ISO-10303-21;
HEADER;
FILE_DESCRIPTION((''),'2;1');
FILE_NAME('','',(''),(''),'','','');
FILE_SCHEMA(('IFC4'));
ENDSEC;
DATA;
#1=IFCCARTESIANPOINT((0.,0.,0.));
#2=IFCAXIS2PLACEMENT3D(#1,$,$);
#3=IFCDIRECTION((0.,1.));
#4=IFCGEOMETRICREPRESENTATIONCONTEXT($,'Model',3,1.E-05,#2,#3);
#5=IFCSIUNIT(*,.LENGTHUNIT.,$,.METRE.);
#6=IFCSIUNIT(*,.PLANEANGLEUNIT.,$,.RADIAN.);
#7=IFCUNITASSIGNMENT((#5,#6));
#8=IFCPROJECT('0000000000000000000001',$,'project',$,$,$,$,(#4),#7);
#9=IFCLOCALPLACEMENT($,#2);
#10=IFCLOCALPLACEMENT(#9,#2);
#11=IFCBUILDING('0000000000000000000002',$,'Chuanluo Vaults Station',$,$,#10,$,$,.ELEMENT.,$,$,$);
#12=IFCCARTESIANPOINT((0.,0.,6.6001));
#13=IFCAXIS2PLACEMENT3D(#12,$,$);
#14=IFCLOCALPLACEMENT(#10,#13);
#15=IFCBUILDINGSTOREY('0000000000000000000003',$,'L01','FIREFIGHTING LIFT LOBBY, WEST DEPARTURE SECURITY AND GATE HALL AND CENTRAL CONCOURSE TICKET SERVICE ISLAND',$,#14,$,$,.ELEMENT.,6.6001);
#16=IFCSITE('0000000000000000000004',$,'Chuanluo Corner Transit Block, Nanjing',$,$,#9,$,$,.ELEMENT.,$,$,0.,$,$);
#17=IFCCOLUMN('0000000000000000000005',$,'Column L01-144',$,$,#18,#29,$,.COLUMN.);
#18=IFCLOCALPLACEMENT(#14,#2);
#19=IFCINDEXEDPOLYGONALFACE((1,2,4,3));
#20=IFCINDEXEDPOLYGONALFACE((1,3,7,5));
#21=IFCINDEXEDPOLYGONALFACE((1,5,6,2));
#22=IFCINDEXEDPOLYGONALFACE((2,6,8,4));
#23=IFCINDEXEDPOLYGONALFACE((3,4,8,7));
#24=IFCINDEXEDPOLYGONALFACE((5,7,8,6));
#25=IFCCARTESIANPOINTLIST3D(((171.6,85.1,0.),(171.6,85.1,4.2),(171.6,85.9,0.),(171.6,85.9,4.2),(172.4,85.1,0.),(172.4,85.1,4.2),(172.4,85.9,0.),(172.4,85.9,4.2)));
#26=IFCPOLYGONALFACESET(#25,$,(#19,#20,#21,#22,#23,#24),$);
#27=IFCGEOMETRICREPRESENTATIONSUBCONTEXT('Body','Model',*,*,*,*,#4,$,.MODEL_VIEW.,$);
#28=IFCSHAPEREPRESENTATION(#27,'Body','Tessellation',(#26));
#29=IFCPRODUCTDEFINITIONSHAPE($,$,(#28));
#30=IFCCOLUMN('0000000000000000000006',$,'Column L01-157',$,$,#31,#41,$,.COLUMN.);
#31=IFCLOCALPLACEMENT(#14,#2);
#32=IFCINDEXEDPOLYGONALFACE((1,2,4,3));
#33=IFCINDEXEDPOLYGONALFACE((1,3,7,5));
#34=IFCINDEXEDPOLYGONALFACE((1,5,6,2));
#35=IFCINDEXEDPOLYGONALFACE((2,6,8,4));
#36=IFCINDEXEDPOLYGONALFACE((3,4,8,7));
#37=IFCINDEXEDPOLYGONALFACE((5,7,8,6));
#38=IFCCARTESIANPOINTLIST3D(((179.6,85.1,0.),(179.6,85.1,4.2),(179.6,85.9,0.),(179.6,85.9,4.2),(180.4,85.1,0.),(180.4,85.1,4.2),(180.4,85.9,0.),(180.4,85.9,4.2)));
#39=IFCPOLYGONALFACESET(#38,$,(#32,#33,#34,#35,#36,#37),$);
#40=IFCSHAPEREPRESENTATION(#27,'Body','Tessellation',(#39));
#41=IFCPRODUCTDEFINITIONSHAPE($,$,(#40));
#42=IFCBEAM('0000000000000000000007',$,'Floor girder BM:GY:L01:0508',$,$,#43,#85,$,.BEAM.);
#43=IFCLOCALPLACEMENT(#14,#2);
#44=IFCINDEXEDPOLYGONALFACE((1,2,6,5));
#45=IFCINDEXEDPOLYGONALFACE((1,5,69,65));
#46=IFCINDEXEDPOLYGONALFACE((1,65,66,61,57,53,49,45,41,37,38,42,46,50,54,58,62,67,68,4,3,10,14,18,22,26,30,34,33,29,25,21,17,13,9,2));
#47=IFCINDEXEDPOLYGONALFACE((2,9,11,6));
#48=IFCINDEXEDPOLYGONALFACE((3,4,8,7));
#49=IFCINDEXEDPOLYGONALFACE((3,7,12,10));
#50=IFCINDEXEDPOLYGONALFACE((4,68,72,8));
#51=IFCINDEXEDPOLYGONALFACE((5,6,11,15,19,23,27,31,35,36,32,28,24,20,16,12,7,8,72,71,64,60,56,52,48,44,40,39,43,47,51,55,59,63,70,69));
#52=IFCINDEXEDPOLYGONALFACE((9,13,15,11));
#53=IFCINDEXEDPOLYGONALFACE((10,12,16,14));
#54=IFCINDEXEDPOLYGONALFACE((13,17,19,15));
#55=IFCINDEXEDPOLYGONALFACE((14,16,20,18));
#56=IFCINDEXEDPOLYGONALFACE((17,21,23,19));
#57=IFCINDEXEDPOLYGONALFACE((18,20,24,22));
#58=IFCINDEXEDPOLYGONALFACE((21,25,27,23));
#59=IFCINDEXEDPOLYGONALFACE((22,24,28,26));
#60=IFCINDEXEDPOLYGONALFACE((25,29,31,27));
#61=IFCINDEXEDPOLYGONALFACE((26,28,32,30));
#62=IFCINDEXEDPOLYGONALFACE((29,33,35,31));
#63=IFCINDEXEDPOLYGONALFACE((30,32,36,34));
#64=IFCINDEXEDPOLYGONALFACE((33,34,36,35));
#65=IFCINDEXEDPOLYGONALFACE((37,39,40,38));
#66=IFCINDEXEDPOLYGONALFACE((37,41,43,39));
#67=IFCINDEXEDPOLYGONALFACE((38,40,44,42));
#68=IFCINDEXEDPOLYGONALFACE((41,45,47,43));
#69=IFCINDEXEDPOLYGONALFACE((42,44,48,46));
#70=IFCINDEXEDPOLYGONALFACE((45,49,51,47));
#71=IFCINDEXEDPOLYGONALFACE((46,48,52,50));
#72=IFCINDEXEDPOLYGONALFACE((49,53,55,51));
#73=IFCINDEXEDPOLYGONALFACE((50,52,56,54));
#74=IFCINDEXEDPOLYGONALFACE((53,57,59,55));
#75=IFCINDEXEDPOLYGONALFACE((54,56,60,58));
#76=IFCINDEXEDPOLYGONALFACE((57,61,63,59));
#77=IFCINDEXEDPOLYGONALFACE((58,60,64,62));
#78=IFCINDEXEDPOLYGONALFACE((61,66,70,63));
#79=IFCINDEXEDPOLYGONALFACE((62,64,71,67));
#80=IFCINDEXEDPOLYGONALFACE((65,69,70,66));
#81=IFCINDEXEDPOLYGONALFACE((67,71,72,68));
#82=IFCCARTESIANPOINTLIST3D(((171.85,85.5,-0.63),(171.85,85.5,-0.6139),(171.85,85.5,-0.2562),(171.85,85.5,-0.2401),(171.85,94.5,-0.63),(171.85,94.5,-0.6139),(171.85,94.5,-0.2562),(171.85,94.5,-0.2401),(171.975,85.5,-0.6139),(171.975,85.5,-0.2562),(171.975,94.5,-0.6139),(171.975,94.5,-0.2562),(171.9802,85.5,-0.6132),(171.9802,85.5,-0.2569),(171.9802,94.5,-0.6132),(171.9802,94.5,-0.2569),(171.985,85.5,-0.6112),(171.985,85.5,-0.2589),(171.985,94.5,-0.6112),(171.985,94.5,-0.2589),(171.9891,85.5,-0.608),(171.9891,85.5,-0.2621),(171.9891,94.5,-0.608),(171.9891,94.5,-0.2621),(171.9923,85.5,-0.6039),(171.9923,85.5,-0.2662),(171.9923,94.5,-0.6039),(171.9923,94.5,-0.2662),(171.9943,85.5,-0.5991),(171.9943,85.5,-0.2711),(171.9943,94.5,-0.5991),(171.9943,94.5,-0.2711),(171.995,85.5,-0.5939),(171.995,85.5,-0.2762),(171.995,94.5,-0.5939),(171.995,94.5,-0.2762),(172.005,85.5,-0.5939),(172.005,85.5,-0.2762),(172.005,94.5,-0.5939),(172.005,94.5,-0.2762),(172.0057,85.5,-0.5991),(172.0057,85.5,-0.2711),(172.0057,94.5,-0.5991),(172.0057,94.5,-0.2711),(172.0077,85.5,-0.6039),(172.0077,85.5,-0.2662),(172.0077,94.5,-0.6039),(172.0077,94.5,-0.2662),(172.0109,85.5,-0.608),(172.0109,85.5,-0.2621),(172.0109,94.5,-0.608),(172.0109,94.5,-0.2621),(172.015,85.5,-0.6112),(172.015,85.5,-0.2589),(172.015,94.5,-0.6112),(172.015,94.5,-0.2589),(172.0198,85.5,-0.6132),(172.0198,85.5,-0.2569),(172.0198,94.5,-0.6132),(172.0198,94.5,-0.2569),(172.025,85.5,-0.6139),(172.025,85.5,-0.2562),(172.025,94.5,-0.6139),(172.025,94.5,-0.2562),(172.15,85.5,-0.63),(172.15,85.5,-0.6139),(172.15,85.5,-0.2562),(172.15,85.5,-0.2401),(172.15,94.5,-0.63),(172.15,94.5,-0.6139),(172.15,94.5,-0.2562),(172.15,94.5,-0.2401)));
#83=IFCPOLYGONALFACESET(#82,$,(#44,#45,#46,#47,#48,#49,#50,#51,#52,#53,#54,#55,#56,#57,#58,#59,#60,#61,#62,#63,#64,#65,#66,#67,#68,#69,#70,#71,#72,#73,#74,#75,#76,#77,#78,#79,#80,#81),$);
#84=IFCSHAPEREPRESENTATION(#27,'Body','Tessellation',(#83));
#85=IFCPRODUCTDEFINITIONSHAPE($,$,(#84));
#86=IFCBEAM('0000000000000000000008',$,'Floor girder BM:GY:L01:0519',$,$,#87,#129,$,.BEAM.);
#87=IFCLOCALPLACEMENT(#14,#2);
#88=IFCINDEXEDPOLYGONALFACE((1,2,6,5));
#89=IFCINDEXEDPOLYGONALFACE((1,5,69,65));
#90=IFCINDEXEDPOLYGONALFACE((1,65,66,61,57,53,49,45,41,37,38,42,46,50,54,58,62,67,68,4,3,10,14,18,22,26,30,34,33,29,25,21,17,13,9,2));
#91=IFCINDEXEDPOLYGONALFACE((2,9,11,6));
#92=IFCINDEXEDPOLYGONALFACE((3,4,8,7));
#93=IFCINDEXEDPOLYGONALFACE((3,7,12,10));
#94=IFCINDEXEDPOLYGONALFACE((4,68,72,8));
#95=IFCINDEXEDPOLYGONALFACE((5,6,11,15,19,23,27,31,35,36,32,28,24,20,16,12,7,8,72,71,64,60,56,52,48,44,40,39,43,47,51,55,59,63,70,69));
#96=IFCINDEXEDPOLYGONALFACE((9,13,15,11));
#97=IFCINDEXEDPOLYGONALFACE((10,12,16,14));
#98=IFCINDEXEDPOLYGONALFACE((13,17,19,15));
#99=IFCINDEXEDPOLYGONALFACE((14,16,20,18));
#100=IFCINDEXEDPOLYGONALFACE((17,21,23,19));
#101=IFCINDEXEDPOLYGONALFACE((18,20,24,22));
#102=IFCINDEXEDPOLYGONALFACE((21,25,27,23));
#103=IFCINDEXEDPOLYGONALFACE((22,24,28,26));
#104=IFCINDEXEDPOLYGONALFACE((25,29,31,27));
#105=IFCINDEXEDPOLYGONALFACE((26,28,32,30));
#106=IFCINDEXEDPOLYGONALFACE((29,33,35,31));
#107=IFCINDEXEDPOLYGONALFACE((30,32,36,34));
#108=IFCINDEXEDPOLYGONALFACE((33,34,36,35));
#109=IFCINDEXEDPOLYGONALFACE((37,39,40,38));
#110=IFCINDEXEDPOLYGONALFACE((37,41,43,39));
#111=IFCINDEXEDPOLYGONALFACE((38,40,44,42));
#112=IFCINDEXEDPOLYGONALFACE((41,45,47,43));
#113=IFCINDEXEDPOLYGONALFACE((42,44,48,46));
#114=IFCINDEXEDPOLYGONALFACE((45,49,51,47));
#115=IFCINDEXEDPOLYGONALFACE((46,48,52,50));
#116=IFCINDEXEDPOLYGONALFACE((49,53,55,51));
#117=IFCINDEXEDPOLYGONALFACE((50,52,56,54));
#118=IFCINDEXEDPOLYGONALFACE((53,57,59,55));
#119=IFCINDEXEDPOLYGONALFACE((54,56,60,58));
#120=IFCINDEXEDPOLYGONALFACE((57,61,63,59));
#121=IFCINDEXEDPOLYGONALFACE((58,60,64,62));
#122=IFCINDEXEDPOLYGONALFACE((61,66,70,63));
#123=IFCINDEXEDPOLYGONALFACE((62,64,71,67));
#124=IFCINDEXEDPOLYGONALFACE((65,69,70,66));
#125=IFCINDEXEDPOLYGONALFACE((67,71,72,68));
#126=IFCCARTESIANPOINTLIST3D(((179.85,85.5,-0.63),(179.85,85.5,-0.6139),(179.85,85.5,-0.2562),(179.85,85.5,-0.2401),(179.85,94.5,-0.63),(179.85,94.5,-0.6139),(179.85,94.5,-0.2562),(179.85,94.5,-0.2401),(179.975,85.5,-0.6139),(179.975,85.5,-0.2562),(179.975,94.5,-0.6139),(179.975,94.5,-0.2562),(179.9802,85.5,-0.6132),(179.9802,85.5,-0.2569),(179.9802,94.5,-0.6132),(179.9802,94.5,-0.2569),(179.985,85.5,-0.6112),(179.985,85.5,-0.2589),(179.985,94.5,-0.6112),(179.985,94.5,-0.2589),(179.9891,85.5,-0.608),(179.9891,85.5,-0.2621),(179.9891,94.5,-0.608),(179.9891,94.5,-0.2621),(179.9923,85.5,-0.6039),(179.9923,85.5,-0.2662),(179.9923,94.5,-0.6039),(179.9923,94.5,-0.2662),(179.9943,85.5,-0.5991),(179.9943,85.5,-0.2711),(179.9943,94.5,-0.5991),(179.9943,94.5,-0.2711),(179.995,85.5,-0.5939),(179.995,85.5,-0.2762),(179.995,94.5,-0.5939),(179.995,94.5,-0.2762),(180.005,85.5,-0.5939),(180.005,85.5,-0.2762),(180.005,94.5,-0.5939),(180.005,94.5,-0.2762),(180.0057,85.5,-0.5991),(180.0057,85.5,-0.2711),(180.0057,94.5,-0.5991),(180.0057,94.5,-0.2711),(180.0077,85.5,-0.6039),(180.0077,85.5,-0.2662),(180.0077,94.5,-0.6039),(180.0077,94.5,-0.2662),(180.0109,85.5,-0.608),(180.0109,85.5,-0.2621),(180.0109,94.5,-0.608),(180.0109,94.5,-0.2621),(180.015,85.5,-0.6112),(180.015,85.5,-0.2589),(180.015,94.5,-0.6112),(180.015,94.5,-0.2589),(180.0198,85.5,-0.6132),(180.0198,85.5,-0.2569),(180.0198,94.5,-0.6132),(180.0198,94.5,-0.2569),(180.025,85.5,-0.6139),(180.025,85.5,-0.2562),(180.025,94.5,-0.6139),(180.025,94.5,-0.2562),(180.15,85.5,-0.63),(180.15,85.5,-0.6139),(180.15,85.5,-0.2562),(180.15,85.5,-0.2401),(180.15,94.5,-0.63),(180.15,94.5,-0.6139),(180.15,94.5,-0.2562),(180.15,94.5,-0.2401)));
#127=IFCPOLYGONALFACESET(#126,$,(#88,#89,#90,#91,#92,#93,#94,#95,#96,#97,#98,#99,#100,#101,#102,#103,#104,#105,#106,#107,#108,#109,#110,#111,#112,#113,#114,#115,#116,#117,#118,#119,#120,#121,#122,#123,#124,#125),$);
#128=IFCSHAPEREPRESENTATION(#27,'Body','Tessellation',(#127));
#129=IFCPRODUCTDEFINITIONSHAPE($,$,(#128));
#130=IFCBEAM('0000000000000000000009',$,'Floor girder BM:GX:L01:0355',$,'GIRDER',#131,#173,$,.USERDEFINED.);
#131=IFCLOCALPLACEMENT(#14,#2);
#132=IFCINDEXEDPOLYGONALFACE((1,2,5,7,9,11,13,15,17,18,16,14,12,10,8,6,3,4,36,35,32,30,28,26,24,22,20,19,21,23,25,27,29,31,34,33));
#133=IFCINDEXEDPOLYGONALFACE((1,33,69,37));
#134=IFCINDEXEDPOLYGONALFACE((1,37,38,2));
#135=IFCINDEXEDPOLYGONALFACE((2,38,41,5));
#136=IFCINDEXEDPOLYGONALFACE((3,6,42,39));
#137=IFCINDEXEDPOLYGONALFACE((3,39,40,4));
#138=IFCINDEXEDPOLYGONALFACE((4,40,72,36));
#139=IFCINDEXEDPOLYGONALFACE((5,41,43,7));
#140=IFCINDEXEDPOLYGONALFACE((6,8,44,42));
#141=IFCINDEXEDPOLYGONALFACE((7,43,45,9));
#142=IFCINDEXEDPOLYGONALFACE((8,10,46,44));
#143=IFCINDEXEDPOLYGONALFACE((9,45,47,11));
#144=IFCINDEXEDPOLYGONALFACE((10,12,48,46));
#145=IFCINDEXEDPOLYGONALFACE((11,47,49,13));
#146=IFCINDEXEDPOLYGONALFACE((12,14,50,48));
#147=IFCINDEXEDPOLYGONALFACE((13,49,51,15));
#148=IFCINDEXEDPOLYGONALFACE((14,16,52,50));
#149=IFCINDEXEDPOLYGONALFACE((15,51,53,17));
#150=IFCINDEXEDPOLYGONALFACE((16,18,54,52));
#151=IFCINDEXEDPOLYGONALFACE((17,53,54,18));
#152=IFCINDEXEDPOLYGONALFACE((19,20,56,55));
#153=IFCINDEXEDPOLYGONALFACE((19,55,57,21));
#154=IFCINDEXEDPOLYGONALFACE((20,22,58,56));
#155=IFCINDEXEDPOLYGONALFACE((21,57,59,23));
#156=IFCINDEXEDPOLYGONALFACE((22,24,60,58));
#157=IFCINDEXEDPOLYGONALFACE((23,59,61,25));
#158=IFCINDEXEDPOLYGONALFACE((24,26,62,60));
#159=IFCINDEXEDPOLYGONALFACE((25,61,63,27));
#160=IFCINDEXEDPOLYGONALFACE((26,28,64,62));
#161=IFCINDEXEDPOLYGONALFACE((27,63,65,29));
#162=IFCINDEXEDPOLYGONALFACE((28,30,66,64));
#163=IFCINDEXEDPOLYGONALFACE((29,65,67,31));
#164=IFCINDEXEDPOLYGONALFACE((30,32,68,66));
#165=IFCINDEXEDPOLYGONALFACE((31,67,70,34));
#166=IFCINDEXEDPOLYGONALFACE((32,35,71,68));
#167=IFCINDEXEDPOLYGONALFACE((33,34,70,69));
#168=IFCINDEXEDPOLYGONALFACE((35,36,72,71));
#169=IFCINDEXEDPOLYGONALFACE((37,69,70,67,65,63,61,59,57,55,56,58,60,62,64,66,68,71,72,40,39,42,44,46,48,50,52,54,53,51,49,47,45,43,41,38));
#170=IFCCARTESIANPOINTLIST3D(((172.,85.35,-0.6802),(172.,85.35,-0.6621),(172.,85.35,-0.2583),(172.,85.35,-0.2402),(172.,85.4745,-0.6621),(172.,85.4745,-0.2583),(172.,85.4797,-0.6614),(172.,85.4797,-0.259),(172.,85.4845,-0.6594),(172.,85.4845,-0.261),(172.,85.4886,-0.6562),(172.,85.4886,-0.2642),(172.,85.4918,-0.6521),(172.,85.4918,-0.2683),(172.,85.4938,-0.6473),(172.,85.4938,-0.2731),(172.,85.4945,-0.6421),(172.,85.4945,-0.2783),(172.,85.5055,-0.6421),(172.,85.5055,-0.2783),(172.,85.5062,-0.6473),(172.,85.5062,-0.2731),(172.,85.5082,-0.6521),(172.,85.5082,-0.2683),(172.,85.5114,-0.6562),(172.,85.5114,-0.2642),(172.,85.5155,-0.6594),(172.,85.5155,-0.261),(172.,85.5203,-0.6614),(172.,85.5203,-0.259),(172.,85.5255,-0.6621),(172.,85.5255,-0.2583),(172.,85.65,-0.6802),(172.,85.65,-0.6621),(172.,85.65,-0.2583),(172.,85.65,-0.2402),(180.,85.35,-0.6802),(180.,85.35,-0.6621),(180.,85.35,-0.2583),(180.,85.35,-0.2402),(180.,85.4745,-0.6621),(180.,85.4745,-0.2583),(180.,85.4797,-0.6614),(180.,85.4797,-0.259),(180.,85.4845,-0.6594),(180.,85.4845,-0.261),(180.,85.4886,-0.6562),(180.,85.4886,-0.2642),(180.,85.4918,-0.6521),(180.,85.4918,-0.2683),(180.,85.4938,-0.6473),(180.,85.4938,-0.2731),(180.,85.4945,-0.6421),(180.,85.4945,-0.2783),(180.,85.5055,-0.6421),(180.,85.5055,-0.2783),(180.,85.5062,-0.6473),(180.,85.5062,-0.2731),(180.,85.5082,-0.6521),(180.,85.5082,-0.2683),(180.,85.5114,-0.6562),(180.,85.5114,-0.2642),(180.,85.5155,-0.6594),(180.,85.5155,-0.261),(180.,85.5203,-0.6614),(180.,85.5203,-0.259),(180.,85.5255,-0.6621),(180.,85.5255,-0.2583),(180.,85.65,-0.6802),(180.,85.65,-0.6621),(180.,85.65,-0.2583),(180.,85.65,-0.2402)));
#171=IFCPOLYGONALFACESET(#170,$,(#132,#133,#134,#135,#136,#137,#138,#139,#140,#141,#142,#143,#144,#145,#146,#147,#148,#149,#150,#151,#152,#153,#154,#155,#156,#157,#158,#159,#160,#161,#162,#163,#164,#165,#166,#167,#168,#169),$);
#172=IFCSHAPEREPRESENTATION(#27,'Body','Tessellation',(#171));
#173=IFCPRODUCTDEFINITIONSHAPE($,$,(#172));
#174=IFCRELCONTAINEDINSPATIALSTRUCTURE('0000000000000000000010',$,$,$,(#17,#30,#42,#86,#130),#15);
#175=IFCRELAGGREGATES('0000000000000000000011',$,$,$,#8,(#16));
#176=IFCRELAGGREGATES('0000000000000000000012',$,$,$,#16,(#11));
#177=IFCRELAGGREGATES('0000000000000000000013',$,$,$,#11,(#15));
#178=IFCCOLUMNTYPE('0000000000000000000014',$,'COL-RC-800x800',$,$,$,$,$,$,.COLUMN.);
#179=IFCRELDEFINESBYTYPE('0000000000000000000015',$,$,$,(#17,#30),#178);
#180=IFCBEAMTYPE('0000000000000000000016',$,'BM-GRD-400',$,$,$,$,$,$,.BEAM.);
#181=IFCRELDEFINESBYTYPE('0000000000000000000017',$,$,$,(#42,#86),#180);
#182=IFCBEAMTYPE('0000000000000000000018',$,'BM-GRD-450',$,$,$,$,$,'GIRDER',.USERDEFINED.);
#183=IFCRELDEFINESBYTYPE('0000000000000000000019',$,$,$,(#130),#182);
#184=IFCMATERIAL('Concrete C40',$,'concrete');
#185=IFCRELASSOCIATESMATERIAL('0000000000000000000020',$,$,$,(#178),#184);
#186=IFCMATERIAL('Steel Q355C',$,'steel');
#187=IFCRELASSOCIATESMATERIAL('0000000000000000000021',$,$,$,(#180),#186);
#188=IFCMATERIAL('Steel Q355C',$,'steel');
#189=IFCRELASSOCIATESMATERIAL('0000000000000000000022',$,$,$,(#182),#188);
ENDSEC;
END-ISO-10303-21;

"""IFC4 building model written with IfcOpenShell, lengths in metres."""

from ifc_helpers import new_model, si_unit, direction, frame, origin, origin_2d, place, context, subcontext, project, spatial, rectangle, i_section, extrude, material, material_profile, profile_set, type_object, element, save


model = new_model("IFC4")

# Units and contexts
model_context = context("Model", 3, precision=1e-05, world=origin(), true_north=direction((0.0, 1.0)))
body_context = subcontext(model_context, "Body", "Model", "MODEL_VIEW")
ifc_project = project(units=[si_unit("LENGTHUNIT", "METRE"), si_unit("PLANEANGLEUNIT", "RADIAN")], contexts=[model_context])

# Site, building, storey
site_placement = place(None, origin())
site = spatial("IfcSite", under=ifc_project, at=site_placement, Name="Chuanluo Corner Transit Block, Nanjing", CompositionType="ELEMENT", RefElevation=0.0)
building_placement = place(site_placement, origin())
building = spatial("IfcBuilding", under=site, at=building_placement, Name="Chuanluo Vaults Station", CompositionType="ELEMENT")
storey_placement = place(building_placement, frame((0.0, 0.0, 6.6001)))
storey = spatial("IfcBuildingStorey", under=building, at=storey_placement, Name="L01", Description="FIREFIGHTING LIFT LOBBY, WEST DEPARTURE SECURITY AND GATE HALL AND CENTRAL CONCOURSE TICKET SERVICE ISLAND", CompositionType="ELEMENT", Elevation=6.6001)

# Columns
ifc_material_1 = material(Name="Concrete C40", Category="concrete")
ifc_material_profile_1 = material_profile(ifc_material_1, rectangle(XDim=0.8, YDim=0.8, at=origin_2d()))
ifc_profile_set_1 = profile_set([ifc_material_profile_1], Name="Concrete C40")
column_type = type_object("IfcColumnType", Name="COL-RC-800x800", PredefinedType="COLUMN", material=ifc_profile_set_1)
for number, where, z_axis, x_axis, name in (
    (1, (172.0, 85.5, 0.0), (0.0, 0.0, 1.0), (1.0, 0.0, 0.0), "Column L01-144"),
    (2, (180.0, 85.5, 0.0), (0.0, 0.0, 1.0), (1.0, 0.0, 0.0), "Column L01-157"),
):
    element("IfcColumn", number, at=place(storey_placement, frame(where, z_axis=z_axis, x_axis=x_axis)), inside=storey, type_object=column_type, Name=name, PredefinedType="COLUMN", context=body_context, shape_type="SweptSolid", body=[
        extrude(rectangle(XDim=0.8, YDim=0.8, at=origin_2d()), origin(), (0.0, 0.0, 1.0), 4.2),
    ])

# Beams
ifc_material_2 = material(Name="Steel Q355C", Category="steel")
ifc_material_profile_2 = material_profile(ifc_material_2, i_section(OverallWidth=0.3, OverallDepth=0.3899, WebThickness=0.01, FlangeThickness=0.0161, FilletRadius=0.02, at=origin_2d()))
ifc_profile_set_2 = profile_set([ifc_material_profile_2], Name="Steel Q355C")
beam_type_1 = type_object("IfcBeamType", Name="BM-GRD-400", PredefinedType="BEAM", material=ifc_profile_set_2)
for number, where, z_axis, x_axis, name in (
    (3, (172.0, 85.5, -0.4351), (0.0, 1.0, 0.0), (-1.0, 0.0, 0.0), "Floor girder BM:GY:L01:0508"),
    (4, (180.0, 85.5, -0.4351), (0.0, 1.0, 0.0), (-1.0, 0.0, 0.0), "Floor girder BM:GY:L01:0519"),
):
    element("IfcBeam", number, at=place(storey_placement, frame(where, z_axis=z_axis, x_axis=x_axis)), inside=storey, type_object=beam_type_1, Name=name, PredefinedType="BEAM", context=body_context, shape_type="SweptSolid", body=[
        extrude(i_section(OverallWidth=0.3, OverallDepth=0.3899, WebThickness=0.01, FlangeThickness=0.0161, FilletRadius=0.02, at=origin_2d()), origin(), (0.0, 0.0, 1.0), 9.0),
    ])
ifc_material_3 = material(Name="Steel Q355C", Category="steel")
ifc_material_profile_3 = material_profile(ifc_material_3, i_section(OverallWidth=0.3, OverallDepth=0.4399, WebThickness=0.011, FlangeThickness=0.0181, FilletRadius=0.02, at=origin_2d()))
ifc_profile_set_3 = profile_set([ifc_material_profile_3], Name="Steel Q355C")
beam_type_2 = type_object("IfcBeamType", Name="BM-GRD-450", ElementType="GIRDER", PredefinedType="USERDEFINED", material=ifc_profile_set_3)
for number, where, z_axis, x_axis, name in (
    (5, (172.0, 85.5, -0.4602), (1.0, 0.0, 0.0), (0.0, 1.0, 0.0), "Floor girder BM:GX:L01:0355"),
):
    element("IfcBeam", number, at=place(storey_placement, frame(where, z_axis=z_axis, x_axis=x_axis)), inside=storey, type_object=beam_type_2, Name=name, ObjectType="GIRDER", PredefinedType="USERDEFINED", context=body_context, shape_type="SweptSolid", body=[
        extrude(i_section(OverallWidth=0.3, OverallDepth=0.4399, WebThickness=0.011, FlangeThickness=0.0181, FilletRadius=0.02, at=origin_2d()), origin(), (0.0, 0.0, 1.0), 8.0),
    ])

save(model, "model.ifc")
